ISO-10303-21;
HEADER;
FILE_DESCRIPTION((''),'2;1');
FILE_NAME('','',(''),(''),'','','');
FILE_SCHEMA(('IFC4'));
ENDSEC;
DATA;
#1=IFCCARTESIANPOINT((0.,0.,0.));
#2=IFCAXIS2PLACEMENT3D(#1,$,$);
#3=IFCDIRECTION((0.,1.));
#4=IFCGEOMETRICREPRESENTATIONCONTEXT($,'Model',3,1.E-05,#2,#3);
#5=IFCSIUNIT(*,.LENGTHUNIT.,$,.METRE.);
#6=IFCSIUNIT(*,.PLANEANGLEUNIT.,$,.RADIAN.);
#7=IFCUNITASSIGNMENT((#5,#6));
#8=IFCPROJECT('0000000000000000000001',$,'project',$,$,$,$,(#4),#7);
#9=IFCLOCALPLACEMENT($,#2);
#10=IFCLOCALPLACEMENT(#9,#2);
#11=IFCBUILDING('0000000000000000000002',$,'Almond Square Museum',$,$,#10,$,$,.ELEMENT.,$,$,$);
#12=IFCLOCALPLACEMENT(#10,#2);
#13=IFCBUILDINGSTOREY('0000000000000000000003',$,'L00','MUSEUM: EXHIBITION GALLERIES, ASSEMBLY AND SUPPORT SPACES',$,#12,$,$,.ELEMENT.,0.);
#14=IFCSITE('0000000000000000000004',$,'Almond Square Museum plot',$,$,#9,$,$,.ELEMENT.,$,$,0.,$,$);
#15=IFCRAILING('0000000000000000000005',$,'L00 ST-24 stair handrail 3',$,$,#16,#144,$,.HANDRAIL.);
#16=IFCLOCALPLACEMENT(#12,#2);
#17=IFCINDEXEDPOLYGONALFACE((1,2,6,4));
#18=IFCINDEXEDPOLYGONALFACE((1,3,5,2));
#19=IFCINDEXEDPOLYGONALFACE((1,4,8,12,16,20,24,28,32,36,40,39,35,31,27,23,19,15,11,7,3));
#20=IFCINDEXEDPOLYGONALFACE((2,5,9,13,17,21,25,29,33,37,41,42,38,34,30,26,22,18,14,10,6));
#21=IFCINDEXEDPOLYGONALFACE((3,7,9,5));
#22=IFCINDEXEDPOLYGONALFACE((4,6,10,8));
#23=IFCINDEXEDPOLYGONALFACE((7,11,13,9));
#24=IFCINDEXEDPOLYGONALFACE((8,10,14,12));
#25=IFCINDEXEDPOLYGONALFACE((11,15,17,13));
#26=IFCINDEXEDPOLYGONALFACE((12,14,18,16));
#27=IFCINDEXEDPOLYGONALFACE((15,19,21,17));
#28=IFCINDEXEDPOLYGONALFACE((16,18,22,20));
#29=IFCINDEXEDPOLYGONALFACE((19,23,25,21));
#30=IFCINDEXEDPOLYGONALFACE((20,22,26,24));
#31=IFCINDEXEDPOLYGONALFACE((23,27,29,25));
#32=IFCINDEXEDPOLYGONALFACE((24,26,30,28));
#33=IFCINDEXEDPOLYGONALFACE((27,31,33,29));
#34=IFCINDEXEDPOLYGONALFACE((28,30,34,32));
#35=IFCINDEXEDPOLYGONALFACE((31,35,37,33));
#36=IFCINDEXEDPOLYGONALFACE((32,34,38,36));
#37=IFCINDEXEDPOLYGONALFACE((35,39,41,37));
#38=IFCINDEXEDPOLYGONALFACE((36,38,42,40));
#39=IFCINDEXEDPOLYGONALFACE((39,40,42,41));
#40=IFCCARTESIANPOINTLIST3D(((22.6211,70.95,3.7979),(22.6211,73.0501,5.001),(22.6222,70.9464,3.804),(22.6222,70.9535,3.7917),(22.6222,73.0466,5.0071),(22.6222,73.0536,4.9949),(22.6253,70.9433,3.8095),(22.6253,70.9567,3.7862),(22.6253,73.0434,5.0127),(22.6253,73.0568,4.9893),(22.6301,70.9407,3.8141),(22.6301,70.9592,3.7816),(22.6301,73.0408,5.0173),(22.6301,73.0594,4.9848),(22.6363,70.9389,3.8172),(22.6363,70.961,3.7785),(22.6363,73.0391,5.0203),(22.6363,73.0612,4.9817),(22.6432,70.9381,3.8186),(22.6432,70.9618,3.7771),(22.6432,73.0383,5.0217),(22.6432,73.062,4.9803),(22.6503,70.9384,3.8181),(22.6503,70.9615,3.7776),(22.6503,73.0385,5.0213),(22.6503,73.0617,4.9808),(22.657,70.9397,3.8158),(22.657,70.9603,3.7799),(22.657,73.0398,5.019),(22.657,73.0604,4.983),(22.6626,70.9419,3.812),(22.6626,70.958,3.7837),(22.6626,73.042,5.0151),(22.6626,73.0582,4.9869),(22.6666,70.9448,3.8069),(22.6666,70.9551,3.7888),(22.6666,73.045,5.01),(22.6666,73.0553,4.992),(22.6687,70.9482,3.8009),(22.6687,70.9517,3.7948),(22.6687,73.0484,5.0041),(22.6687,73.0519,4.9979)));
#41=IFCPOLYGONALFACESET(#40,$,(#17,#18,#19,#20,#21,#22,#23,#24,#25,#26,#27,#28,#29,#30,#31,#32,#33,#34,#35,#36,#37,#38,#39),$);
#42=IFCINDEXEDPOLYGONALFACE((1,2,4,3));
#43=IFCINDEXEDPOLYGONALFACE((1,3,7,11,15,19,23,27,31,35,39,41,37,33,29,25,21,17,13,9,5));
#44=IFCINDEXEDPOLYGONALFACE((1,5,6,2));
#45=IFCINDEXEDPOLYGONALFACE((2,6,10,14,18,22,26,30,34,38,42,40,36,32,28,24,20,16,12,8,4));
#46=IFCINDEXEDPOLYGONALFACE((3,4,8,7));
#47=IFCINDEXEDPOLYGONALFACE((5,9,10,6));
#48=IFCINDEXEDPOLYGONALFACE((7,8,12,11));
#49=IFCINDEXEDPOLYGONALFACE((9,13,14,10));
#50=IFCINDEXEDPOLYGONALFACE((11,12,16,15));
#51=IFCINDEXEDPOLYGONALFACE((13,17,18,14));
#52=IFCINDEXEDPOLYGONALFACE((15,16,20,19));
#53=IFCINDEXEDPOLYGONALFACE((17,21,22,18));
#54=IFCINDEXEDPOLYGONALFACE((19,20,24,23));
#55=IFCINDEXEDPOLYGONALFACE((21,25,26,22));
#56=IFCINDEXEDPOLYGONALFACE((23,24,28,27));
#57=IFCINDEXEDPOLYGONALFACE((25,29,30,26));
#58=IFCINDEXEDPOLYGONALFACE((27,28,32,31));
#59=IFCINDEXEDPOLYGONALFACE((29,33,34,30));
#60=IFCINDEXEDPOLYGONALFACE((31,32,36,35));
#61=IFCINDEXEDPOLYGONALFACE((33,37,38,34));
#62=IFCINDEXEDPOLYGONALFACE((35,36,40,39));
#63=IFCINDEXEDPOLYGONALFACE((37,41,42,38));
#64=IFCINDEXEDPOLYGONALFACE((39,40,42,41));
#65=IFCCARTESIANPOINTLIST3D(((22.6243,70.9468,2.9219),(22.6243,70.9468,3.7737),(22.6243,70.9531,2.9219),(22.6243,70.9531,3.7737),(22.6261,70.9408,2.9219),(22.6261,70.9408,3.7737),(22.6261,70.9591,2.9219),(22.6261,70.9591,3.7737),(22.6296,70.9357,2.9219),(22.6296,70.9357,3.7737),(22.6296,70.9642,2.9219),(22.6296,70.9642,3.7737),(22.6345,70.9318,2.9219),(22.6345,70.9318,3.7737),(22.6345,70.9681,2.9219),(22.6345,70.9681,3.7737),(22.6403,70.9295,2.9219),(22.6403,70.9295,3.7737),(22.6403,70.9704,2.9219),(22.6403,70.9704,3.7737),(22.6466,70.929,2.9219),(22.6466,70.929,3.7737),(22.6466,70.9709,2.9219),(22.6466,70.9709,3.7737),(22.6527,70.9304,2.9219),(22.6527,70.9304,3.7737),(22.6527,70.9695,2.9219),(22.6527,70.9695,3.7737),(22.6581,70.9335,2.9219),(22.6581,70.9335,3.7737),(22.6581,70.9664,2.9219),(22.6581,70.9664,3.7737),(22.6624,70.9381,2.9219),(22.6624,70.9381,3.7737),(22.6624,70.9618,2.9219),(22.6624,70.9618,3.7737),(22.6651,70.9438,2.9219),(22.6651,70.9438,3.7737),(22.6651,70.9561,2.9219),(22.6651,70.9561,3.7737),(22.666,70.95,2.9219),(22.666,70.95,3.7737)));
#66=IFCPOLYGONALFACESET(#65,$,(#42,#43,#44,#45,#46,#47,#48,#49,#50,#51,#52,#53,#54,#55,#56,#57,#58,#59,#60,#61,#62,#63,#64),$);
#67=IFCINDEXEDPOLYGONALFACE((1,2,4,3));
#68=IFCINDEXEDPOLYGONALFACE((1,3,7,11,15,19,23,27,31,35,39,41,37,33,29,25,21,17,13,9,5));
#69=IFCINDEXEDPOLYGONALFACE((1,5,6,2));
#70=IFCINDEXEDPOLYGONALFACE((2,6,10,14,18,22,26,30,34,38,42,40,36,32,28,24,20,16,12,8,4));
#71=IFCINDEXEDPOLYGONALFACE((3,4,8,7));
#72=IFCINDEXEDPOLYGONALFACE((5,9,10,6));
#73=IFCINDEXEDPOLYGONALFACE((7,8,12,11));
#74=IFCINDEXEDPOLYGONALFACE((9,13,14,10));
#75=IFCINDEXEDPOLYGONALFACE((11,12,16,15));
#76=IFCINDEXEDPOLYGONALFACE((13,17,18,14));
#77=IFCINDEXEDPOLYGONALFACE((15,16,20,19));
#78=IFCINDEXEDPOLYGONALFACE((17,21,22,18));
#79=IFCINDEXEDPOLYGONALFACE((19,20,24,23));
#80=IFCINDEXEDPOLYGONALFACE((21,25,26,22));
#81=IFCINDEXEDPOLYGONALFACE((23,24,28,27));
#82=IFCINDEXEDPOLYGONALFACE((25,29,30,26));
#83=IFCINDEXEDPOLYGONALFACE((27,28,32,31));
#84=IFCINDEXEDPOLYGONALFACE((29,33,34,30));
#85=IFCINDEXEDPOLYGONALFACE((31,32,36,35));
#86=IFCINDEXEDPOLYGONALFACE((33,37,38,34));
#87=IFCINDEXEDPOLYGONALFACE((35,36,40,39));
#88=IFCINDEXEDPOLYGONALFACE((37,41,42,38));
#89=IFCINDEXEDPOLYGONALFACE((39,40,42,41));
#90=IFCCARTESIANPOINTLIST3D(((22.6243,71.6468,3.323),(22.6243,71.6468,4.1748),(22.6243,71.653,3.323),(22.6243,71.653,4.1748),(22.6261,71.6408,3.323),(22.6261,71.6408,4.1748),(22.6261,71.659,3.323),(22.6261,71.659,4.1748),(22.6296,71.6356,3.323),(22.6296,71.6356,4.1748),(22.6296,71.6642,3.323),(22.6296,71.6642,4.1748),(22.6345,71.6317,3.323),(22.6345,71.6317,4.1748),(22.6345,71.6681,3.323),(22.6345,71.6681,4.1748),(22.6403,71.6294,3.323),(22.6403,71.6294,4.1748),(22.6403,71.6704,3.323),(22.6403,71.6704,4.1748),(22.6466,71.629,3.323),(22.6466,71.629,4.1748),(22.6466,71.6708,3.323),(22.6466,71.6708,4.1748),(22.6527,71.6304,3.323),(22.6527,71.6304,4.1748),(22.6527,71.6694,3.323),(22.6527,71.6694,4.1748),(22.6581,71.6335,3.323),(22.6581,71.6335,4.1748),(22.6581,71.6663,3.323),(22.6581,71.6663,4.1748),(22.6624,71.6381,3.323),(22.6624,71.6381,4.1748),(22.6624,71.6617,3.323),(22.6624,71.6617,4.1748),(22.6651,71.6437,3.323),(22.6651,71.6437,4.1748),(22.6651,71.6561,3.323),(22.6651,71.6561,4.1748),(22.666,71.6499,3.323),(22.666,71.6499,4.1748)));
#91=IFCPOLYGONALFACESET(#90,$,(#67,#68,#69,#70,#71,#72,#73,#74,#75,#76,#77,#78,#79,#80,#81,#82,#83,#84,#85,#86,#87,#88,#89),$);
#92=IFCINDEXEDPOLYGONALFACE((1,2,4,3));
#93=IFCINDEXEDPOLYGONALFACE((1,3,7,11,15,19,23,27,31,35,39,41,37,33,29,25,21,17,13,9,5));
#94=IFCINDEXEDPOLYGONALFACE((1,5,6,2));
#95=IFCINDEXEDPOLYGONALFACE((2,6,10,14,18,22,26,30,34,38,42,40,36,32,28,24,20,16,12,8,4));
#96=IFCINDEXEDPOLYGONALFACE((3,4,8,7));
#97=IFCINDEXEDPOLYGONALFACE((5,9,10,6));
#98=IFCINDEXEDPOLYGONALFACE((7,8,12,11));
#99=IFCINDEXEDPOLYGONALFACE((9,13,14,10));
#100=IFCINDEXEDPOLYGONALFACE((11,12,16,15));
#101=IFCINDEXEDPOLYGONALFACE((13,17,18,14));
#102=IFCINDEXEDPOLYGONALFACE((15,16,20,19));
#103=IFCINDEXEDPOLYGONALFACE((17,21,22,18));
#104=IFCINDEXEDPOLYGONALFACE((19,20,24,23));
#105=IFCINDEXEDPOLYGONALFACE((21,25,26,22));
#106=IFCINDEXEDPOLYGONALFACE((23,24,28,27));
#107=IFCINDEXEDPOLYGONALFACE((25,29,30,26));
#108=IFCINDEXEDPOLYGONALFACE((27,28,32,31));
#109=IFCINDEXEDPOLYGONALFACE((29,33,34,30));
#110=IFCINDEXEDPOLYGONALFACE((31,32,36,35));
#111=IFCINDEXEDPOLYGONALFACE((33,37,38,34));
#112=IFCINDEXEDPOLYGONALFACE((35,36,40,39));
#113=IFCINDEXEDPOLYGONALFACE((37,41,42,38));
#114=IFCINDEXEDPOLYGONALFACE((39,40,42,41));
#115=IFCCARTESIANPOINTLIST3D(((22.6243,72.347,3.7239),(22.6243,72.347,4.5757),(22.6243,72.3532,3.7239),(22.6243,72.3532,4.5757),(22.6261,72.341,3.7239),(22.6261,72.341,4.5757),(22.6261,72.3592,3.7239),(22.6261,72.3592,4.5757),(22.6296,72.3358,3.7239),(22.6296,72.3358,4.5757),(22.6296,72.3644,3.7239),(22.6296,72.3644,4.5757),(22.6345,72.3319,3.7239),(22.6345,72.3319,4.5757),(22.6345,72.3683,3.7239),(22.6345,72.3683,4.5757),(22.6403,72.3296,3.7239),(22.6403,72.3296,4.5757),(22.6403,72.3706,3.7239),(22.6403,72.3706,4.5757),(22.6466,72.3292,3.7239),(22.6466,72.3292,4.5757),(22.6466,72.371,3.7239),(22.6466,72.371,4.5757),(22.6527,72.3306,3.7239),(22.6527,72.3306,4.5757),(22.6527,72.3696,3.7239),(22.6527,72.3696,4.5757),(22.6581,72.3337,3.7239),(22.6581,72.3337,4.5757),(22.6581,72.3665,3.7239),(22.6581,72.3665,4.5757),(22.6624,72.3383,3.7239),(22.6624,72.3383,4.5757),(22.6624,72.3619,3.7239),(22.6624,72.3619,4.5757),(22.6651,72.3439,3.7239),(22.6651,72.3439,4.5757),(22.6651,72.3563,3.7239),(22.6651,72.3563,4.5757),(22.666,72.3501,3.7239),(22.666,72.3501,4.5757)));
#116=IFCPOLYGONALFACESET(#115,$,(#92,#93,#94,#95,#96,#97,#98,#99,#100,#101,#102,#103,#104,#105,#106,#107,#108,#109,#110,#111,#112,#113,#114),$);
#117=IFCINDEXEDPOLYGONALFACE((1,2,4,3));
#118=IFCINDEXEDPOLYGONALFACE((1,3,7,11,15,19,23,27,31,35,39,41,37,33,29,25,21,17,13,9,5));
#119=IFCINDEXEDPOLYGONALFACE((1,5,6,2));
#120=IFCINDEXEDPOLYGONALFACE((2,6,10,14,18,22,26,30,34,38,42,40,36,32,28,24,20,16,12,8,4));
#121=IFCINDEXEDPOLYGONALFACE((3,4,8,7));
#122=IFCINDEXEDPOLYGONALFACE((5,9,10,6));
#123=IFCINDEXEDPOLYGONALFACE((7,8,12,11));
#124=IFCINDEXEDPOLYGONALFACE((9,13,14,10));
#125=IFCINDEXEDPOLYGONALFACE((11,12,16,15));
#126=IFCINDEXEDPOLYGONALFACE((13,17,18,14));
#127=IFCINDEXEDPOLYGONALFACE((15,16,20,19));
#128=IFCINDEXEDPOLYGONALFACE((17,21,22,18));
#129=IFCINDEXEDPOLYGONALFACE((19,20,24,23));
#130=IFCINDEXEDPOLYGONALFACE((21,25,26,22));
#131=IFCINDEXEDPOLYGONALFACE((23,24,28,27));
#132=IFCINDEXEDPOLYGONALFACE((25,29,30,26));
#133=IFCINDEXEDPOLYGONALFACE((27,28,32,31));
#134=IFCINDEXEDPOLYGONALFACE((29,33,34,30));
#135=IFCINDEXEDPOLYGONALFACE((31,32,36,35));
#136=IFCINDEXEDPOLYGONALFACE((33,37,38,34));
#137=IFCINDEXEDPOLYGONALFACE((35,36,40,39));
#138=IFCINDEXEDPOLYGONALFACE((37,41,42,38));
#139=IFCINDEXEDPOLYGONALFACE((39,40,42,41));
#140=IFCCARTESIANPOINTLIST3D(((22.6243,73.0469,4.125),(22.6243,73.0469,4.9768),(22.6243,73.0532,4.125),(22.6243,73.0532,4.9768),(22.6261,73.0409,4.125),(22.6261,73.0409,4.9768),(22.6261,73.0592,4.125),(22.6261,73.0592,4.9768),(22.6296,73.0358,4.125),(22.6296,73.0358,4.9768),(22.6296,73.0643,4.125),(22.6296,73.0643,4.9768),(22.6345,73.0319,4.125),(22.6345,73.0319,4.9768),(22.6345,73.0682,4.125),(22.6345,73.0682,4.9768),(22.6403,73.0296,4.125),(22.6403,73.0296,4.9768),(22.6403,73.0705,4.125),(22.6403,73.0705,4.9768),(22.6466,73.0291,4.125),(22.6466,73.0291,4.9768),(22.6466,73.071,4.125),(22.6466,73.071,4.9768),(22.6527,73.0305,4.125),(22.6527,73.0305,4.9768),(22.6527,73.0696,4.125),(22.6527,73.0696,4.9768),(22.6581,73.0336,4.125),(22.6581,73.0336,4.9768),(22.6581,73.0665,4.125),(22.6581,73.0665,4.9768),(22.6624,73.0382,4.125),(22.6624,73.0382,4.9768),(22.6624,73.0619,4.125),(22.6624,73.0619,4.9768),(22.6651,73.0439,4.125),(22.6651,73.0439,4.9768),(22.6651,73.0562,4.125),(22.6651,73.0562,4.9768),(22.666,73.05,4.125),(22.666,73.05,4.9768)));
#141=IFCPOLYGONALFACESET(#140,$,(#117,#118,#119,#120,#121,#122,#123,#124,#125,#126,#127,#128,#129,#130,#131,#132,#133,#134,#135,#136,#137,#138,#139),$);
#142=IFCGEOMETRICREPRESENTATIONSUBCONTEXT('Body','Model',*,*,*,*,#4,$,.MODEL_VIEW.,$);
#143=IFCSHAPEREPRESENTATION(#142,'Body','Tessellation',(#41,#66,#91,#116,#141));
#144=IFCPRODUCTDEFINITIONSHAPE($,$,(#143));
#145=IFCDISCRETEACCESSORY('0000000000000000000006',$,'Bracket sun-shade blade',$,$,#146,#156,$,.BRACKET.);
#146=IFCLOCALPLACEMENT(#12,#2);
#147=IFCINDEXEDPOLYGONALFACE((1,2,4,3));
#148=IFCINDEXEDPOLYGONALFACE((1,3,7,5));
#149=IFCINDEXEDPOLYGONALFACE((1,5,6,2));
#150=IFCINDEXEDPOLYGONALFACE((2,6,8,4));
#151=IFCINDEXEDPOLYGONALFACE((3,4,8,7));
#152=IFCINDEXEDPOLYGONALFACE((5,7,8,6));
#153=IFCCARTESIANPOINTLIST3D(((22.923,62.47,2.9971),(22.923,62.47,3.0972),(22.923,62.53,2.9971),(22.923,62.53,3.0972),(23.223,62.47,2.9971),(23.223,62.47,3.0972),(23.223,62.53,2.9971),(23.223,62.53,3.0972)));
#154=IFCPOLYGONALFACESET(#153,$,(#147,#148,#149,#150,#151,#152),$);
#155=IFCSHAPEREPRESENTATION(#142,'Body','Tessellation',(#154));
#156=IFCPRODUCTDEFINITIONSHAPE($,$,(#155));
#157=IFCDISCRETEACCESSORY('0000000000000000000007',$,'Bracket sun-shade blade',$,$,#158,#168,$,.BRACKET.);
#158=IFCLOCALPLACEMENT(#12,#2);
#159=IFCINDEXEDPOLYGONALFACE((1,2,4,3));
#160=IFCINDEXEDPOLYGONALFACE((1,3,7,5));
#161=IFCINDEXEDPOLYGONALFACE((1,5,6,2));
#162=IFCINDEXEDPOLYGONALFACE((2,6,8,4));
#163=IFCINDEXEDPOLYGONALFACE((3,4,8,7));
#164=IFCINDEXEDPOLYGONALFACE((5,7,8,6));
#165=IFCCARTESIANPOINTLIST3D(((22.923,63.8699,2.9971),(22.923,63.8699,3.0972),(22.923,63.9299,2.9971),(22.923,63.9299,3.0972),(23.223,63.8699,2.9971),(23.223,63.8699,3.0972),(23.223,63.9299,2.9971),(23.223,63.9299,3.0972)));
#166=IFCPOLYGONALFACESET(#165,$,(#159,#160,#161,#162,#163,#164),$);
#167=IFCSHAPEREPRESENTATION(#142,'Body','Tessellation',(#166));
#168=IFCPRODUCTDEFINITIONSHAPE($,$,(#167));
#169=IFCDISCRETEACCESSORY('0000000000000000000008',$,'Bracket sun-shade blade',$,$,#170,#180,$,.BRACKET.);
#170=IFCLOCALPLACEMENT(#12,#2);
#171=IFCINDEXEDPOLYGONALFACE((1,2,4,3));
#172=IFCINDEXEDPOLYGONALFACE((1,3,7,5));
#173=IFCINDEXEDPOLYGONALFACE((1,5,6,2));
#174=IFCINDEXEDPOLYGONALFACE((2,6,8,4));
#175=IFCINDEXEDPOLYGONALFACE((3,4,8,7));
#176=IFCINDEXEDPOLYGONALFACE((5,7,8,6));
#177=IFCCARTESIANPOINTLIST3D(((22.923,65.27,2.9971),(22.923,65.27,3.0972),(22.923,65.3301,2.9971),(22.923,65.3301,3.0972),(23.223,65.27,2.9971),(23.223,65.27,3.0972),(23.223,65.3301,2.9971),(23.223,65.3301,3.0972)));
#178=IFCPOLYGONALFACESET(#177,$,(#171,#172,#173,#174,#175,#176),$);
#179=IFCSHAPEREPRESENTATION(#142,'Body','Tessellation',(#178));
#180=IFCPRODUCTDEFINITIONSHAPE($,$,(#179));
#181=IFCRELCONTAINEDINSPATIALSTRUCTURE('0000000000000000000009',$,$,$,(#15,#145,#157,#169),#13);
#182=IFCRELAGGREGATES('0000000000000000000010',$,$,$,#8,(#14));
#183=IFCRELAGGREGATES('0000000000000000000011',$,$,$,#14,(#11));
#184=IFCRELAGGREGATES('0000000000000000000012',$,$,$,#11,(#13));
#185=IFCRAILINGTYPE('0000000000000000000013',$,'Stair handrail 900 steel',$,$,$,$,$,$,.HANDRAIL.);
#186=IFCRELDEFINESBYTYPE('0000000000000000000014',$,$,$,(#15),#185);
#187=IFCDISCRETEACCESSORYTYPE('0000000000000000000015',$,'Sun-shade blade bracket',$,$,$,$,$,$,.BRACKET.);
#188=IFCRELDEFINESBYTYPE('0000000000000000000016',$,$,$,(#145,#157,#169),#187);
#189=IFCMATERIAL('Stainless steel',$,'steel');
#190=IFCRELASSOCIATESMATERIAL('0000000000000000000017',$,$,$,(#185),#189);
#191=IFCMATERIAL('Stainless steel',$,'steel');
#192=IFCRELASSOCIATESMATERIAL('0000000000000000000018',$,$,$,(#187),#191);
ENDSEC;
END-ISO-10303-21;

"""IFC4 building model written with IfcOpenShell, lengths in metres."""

from ifc_helpers import new_model, si_unit, direction, frame, origin, origin_2d, place, context, subcontext, project, spatial, rectangle, circle, extrude, material, type_object, element, save


model = new_model("IFC4")

# Units and contexts
model_context = context("Model", 3, precision=1e-05, world=origin(), true_north=direction((0.0, 1.0)))
body_context = subcontext(model_context, "Body", "Model", "MODEL_VIEW")
ifc_project = project(units=[si_unit("LENGTHUNIT", "METRE"), si_unit("PLANEANGLEUNIT", "RADIAN")], contexts=[model_context])

# Site, building, storey
site_placement = place(None, origin())
site = spatial("IfcSite", under=ifc_project, at=site_placement, Name="Almond Square Museum plot", CompositionType="ELEMENT", RefElevation=0.0)
building_placement = place(site_placement, origin())
building = spatial("IfcBuilding", under=site, at=building_placement, Name="Almond Square Museum", CompositionType="ELEMENT")
storey_placement = place(building_placement, origin())
storey = spatial("IfcBuildingStorey", under=building, at=storey_placement, Name="L00", Description="MUSEUM: EXHIBITION GALLERIES, ASSEMBLY AND SUPPORT SPACES", CompositionType="ELEMENT", Elevation=0.0)

# Railing
ifc_material_1 = material(Name="Stainless steel", Category="steel")
railing_type_1 = type_object("IfcRailingType", Name="Stair handrail 900 steel", PredefinedType="HANDRAIL", material=ifc_material_1)
for number, where, name in (
    (1, (22.645, 70.95, 2.9219), "L00 ST-24 stair handrail 3"),
):
    element("IfcRailing", number, at=place(storey_placement, frame(where)), inside=storey, type_object=railing_type_1, Name=name, PredefinedType="HANDRAIL", context=body_context, shape_type="SweptSolid", body=[
        extrude(circle(Radius=0.0239, at=origin_2d()), frame((0.0, 0.0, 0.876), z_axis=(0.0, 0.867696, 0.497095), x_axis=(-1.0, 0.0, 0.0)), (0.0, 0.0, 1.0), 2.4204),
        extrude(circle(Radius=0.021, at=origin_2d()), origin(), (0.0, 0.0, 1.0), 0.8518),
        extrude(circle(Radius=0.021, at=origin_2d()), frame((0.0, 0.7, 0.4011)), (0.0, 0.0, 1.0), 0.8518),
        extrude(circle(Radius=0.021, at=origin_2d()), frame((0.0, 1.4001, 0.802)), (0.0, 0.0, 1.0), 0.8518),
        extrude(circle(Radius=0.021, at=origin_2d()), frame((0.0, 2.1001, 1.2031)), (0.0, 0.0, 1.0), 0.8518),
    ])

# Discrete accessories
ifc_material_2 = material(Name="Stainless steel", Category="steel")
discrete_accessory_type = type_object("IfcDiscreteAccessoryType", Name="Sun-shade blade bracket", PredefinedType="BRACKET", material=ifc_material_2)
for number, where, z_axis, x_axis, name in (
    (2, (23.073, 62.5, 2.9971), (0.0, 0.0, 1.0), (1.0, 0.0, 0.0), "Bracket sun-shade blade"),
    (3, (23.073, 63.8999, 2.9971), (0.0, 0.0, 1.0), (1.0, 0.0, 0.0), "Bracket sun-shade blade"),
    (4, (23.073, 65.3, 2.9971), (0.0, 0.0, 1.0), (1.0, 0.0, 0.0), "Bracket sun-shade blade"),
):
    element("IfcDiscreteAccessory", number, at=place(storey_placement, frame(where, z_axis=z_axis, x_axis=x_axis)), inside=storey, type_object=discrete_accessory_type, Name=name, PredefinedType="BRACKET", context=body_context, shape_type="SweptSolid", body=[
        extrude(rectangle(XDim=0.3, YDim=0.0601, at=origin_2d()), origin(), (0.0, 0.0, 1.0), 0.1001),
    ])

save(model, "model.ifc")
